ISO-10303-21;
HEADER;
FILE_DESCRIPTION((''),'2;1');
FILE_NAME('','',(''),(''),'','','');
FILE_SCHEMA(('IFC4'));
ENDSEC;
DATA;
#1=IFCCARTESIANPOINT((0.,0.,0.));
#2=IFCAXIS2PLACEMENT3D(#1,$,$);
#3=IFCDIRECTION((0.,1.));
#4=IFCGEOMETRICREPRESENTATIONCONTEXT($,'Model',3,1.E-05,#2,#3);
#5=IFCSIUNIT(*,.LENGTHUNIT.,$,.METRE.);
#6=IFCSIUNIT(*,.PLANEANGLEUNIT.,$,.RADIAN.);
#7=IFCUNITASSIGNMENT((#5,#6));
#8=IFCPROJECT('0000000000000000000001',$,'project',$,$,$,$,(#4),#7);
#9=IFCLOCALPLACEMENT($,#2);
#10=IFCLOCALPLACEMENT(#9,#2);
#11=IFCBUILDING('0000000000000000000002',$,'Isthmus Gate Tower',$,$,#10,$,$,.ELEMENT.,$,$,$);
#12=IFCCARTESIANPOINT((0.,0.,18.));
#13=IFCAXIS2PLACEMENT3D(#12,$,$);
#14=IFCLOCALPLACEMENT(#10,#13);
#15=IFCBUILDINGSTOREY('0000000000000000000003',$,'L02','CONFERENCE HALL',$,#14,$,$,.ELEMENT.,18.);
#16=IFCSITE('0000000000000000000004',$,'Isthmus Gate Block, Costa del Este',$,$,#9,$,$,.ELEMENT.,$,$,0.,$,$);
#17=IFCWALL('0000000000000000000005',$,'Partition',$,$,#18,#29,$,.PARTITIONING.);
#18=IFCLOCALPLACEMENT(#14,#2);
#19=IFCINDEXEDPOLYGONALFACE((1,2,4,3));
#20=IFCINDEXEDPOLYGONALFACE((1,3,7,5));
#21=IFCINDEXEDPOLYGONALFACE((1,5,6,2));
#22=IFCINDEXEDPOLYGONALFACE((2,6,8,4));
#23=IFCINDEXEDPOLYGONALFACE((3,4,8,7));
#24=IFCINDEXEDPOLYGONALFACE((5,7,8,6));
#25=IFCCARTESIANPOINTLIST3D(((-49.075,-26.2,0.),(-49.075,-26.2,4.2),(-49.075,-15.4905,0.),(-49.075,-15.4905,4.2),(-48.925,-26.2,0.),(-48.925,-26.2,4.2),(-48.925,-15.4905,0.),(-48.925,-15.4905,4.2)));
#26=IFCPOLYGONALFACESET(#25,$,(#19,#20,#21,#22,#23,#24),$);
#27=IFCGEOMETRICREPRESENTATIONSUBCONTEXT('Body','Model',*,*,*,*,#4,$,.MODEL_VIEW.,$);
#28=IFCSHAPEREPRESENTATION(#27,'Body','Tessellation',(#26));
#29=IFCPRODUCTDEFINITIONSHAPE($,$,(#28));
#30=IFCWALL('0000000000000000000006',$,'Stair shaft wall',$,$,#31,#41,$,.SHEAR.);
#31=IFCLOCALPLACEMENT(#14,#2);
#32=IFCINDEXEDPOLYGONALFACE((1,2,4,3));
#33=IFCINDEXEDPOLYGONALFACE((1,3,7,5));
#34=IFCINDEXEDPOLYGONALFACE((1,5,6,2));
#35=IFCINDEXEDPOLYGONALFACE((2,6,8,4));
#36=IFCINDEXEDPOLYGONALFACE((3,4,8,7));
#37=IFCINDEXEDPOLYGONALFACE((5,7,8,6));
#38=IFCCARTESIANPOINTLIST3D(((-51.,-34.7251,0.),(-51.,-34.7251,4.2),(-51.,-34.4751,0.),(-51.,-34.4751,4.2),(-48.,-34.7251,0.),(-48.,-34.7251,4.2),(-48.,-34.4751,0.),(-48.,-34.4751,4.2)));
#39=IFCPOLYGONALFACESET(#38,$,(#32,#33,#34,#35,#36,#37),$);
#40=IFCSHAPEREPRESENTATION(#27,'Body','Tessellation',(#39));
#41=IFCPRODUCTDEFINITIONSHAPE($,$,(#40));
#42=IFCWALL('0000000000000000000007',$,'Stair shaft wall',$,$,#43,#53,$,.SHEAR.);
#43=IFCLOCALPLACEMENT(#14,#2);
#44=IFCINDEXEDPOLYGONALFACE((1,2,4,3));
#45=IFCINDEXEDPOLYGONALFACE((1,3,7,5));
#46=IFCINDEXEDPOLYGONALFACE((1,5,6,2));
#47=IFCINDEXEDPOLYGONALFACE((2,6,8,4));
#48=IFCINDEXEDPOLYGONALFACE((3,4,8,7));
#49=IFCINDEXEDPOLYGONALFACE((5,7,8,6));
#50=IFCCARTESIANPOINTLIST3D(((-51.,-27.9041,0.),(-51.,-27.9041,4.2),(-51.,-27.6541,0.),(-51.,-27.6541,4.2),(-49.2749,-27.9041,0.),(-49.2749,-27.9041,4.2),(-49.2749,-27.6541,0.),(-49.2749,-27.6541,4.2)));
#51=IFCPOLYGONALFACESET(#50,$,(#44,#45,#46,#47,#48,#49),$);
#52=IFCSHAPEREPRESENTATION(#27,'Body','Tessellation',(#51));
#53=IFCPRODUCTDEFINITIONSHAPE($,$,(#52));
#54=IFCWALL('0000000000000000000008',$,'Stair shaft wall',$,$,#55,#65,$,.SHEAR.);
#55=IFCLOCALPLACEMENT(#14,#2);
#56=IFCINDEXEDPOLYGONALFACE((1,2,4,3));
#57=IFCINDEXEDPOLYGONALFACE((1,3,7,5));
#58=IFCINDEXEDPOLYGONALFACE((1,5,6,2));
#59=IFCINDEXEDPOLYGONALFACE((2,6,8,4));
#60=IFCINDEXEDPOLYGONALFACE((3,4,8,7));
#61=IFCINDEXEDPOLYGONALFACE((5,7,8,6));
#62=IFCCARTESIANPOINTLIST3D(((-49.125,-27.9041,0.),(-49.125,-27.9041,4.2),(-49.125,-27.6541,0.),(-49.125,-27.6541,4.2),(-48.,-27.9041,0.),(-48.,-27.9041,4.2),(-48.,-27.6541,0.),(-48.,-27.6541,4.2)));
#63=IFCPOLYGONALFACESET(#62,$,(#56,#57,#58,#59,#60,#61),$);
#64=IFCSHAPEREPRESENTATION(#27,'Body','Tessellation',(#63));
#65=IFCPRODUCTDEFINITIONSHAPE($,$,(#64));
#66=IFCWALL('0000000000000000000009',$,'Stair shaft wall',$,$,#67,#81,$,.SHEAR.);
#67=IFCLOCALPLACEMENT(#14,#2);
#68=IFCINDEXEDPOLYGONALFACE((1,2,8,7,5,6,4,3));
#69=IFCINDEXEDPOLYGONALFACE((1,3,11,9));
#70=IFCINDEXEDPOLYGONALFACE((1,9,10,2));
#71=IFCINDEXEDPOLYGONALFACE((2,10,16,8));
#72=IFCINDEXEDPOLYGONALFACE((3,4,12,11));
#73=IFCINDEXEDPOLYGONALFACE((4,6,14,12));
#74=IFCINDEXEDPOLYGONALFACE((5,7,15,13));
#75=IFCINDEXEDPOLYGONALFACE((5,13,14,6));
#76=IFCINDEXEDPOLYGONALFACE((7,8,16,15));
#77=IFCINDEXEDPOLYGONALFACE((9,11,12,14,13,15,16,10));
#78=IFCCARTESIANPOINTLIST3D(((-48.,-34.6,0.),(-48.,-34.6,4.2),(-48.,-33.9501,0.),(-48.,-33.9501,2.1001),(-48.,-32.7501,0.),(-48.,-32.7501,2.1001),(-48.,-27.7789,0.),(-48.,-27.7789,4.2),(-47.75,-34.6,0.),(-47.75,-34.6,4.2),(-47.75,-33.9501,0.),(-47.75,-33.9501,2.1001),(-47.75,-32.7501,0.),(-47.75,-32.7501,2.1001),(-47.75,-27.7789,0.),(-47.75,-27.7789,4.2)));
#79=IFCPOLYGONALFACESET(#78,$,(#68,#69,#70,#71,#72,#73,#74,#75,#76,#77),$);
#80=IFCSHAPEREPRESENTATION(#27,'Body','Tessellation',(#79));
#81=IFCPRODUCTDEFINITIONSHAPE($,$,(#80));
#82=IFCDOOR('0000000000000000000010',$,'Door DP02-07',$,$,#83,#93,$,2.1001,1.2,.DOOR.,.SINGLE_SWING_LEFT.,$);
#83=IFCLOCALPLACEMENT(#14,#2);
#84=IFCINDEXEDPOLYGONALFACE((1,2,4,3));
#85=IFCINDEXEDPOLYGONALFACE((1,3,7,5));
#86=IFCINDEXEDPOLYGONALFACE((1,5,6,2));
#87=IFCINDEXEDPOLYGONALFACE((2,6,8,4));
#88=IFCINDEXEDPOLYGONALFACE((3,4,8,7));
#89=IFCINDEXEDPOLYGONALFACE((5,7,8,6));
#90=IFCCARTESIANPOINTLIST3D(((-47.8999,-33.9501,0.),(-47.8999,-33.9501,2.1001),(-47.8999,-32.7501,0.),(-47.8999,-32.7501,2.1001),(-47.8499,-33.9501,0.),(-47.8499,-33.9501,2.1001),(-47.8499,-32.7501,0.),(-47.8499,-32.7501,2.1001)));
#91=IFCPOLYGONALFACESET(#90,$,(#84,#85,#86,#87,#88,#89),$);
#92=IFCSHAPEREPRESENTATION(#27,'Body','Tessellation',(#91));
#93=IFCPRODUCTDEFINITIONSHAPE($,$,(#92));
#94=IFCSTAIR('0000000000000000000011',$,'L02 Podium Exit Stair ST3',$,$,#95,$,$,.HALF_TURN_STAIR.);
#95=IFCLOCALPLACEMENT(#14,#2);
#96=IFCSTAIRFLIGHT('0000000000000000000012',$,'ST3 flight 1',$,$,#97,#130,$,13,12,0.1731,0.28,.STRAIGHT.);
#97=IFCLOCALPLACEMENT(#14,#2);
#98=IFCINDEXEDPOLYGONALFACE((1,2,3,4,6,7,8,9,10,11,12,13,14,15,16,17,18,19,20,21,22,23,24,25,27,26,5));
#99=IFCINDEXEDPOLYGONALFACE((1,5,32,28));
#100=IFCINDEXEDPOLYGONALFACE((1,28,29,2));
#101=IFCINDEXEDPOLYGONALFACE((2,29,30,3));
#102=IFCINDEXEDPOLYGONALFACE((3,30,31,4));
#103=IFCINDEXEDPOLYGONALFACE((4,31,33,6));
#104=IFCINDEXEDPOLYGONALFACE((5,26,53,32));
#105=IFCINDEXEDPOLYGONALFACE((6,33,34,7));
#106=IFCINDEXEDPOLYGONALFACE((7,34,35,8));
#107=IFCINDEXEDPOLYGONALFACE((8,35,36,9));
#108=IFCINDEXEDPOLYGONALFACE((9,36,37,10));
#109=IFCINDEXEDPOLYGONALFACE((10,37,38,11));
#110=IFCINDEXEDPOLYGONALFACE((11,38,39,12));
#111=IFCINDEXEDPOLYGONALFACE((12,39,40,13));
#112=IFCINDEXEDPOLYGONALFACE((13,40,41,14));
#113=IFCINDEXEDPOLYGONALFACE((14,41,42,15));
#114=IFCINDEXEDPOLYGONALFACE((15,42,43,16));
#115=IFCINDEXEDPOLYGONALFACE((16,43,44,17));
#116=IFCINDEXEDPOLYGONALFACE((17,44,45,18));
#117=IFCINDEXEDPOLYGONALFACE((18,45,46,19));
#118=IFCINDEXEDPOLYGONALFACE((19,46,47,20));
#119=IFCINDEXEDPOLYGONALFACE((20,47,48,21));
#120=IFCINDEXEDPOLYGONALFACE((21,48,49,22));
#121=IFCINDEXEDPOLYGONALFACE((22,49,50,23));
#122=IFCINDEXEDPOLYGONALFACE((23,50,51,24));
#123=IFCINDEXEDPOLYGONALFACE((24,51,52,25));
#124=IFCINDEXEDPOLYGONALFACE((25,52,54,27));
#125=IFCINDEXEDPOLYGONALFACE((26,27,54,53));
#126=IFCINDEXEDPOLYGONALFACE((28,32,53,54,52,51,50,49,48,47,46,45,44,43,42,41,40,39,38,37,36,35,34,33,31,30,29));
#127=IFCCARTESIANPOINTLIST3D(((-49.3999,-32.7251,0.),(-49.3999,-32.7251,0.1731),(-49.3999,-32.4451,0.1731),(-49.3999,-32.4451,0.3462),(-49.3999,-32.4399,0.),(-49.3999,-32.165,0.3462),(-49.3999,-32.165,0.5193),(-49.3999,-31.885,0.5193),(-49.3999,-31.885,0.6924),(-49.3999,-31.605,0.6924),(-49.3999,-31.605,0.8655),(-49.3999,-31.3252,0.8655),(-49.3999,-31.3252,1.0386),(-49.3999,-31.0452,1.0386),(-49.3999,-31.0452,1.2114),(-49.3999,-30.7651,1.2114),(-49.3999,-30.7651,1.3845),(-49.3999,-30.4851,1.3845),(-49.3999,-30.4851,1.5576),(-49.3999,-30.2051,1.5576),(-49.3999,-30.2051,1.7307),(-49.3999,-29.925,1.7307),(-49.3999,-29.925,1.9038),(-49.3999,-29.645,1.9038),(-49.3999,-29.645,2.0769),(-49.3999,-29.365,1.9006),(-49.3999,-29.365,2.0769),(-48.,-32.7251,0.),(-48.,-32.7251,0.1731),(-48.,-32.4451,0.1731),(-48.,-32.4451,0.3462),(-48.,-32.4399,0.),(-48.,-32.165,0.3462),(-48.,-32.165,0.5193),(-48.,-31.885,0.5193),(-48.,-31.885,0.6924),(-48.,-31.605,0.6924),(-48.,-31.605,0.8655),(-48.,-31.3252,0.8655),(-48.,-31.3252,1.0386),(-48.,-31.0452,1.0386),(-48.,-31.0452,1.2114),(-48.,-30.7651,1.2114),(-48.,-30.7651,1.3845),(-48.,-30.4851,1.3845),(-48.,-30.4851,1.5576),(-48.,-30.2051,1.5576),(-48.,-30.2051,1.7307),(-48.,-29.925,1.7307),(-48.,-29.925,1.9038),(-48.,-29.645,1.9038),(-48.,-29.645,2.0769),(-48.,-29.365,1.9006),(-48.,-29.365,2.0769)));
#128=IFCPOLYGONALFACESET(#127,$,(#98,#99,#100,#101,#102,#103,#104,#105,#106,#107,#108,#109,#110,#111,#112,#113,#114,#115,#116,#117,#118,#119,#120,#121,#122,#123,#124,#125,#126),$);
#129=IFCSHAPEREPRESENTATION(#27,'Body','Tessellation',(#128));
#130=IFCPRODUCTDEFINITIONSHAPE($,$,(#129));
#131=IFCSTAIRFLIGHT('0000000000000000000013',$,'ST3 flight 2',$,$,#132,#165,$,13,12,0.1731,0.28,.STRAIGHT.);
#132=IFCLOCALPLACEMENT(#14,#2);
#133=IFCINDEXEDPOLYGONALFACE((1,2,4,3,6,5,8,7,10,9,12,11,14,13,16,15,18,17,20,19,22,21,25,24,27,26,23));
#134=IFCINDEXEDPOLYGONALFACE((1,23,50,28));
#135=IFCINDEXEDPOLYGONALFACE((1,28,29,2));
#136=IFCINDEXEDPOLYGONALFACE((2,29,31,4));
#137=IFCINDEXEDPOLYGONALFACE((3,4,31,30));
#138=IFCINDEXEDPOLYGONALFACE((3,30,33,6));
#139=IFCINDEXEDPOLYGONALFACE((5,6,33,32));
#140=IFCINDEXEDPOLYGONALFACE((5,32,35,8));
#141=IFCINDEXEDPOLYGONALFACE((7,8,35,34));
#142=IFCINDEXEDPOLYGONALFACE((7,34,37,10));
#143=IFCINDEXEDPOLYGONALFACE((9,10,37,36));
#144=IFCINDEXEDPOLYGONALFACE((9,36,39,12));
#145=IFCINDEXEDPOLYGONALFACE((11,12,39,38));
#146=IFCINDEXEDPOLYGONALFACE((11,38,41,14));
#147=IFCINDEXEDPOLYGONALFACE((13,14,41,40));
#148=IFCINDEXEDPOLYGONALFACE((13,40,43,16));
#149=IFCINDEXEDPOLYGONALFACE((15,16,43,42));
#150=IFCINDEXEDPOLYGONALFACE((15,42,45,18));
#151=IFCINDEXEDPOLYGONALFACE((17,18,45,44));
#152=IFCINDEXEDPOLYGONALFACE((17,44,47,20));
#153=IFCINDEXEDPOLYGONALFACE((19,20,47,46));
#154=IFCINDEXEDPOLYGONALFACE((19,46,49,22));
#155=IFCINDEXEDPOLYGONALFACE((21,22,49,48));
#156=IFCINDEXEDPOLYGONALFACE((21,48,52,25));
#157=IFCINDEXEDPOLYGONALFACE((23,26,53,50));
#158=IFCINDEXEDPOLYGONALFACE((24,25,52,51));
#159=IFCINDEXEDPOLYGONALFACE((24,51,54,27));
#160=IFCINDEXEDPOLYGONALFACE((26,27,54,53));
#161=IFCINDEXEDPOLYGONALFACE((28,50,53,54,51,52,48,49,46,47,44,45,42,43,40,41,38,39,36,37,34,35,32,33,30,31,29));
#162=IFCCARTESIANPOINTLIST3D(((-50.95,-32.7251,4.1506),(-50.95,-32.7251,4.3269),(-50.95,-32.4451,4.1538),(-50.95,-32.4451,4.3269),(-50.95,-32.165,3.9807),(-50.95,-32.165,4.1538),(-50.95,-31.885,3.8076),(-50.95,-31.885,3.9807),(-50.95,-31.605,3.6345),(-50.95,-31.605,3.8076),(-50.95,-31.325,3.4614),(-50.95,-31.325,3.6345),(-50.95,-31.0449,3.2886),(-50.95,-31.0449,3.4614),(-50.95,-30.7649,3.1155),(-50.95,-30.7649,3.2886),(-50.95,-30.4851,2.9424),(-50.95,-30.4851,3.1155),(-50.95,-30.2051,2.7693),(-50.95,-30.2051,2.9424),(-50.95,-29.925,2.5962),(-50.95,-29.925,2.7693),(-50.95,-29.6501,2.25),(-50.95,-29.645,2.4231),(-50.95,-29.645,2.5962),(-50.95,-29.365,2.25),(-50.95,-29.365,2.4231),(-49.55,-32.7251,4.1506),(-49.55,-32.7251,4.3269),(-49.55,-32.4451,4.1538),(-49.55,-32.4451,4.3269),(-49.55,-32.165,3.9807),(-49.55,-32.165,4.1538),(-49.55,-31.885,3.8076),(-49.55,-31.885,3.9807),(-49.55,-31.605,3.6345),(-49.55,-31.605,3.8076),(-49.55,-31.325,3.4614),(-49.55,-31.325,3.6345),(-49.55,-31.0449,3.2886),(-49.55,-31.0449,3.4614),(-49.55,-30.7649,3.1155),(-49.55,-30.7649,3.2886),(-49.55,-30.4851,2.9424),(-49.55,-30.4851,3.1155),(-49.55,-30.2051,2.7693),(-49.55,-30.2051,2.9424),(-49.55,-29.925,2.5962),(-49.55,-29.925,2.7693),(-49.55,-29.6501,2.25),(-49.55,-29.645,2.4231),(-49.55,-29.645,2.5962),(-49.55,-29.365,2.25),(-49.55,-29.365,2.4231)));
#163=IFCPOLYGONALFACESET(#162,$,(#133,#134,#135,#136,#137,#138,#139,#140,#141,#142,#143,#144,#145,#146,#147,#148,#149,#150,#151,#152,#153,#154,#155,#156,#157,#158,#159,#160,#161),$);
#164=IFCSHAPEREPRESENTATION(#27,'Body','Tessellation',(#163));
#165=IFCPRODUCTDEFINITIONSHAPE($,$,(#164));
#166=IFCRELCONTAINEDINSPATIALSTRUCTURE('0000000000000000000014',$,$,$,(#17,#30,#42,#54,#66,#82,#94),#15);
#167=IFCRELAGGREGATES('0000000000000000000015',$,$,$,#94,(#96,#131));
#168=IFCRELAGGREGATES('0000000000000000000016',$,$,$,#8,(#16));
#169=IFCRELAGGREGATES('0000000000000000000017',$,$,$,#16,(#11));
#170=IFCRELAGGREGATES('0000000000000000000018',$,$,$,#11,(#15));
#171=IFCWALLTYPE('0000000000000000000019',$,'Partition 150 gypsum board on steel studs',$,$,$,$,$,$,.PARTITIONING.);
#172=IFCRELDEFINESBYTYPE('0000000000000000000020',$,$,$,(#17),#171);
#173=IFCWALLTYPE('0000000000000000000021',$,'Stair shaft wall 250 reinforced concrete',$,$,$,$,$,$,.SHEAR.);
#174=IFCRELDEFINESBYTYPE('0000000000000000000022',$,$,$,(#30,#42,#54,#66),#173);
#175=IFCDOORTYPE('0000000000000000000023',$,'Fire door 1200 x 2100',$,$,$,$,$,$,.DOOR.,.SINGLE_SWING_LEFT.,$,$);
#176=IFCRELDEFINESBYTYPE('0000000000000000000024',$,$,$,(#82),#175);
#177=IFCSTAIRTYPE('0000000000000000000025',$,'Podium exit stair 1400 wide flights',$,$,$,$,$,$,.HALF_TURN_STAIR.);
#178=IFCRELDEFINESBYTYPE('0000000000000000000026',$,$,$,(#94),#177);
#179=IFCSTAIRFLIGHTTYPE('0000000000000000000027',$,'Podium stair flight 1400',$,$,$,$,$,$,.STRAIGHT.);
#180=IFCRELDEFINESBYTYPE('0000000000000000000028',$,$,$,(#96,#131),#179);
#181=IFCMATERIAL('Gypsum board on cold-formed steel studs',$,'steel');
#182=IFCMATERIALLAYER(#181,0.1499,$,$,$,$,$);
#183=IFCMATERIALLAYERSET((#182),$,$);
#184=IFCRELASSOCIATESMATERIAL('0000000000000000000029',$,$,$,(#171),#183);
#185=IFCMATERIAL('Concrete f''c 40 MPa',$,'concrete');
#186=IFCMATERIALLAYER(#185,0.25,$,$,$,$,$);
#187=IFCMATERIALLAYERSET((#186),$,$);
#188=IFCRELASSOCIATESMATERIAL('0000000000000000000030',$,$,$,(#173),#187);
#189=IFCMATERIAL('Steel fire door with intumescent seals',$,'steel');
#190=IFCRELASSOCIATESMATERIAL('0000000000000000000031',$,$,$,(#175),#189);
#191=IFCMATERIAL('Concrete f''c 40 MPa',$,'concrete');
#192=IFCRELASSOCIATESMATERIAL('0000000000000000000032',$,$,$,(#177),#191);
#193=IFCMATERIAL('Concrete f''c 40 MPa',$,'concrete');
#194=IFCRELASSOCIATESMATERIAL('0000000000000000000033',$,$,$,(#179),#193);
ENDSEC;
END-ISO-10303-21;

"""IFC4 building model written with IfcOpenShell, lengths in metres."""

from ifc_helpers import new_model, si_unit, direction, frame, frame_2d, origin, place, context, subcontext, project, spatial, polyline, rectangle, outline, extrude, material, layer, layer_set, type_object, element, fill, aggregate, save


model = new_model("IFC4")

# Units and contexts
model_context = context("Model", 3, precision=1e-05, world=origin(), true_north=direction((0.0, 1.0)))
body_context = subcontext(model_context, "Body", "Model", "MODEL_VIEW")
ifc_project = project(units=[si_unit("LENGTHUNIT", "METRE"), si_unit("PLANEANGLEUNIT", "RADIAN")], contexts=[model_context])

# Site, building, storey
site_placement = place(None, origin())
site = spatial("IfcSite", under=ifc_project, at=site_placement, Name="Isthmus Gate Block, Costa del Este", CompositionType="ELEMENT", RefElevation=0.0)
building_placement = place(site_placement, origin())
building = spatial("IfcBuilding", under=site, at=building_placement, Name="Isthmus Gate Tower", CompositionType="ELEMENT")
storey_placement = place(building_placement, frame((0.0, 0.0, 18.0)))
storey = spatial("IfcBuildingStorey", under=building, at=storey_placement, Name="L02", Description="CONFERENCE HALL", CompositionType="ELEMENT", Elevation=18.0)

# Shared definitions
ifc_material_1 = material(Name="Gypsum board on cold-formed steel studs", Category="steel")
ifc_layer_1 = layer(ifc_material_1, 0.1499)
ifc_layer_set_1 = layer_set([ifc_layer_1])
wall_type_1 = type_object("IfcWallType", Name="Partition 150 gypsum board on steel studs", PredefinedType="PARTITIONING", material=ifc_layer_set_1)

# Walls
wall_1_placement = place(storey_placement, frame((-49.0, -26.2, 0.0), z_axis=(0.0, 0.0, 1.0), x_axis=(0.0, 1.0, 0.0)))
element("IfcWall", 1, at=wall_1_placement, inside=storey, type_object=wall_type_1, Name="Partition", PredefinedType="PARTITIONING", context=body_context, shape_type="SweptSolid", body=[
    extrude(rectangle(XDim=10.7095, YDim=0.1499, at=frame_2d((5.3547, 0.0))), origin(), (0.0, 0.0, 1.0), 4.2),
])
ifc_material_2 = material(Name="Concrete f'c 40 MPa", Category="concrete")
ifc_layer_2 = layer(ifc_material_2, 0.25)
ifc_layer_set_2 = layer_set([ifc_layer_2])
wall_type_2 = type_object("IfcWallType", Name="Stair shaft wall 250 reinforced concrete", PredefinedType="SHEAR", material=ifc_layer_set_2)
wall_2_placement = place(storey_placement, frame((-51.0, -34.6001, 0.0), z_axis=(0.0, 0.0, 1.0), x_axis=(1.0, 0.0, 0.0)))
element("IfcWall", 2, at=wall_2_placement, inside=storey, type_object=wall_type_2, Name="Stair shaft wall", PredefinedType="SHEAR", context=body_context, shape_type="SweptSolid", body=[
    extrude(rectangle(XDim=3.0, YDim=0.25, at=frame_2d((1.5, 0.0))), origin(), (0.0, 0.0, 1.0), 4.2),
])
wall_3_placement = place(storey_placement, frame((-51.0, -27.7791, 0.0), z_axis=(0.0, 0.0, 1.0), x_axis=(1.0, 0.0, 0.0)))
element("IfcWall", 3, at=wall_3_placement, inside=storey, type_object=wall_type_2, Name="Stair shaft wall", PredefinedType="SHEAR", context=body_context, shape_type="SweptSolid", body=[
    extrude(rectangle(XDim=1.7251, YDim=0.25, at=frame_2d((0.8625, 0.0))), origin(), (0.0, 0.0, 1.0), 4.2),
])
wall_4_placement = place(storey_placement, frame((-49.125, -27.7791, 0.0), z_axis=(0.0, 0.0, 1.0), x_axis=(1.0, 0.0, 0.0)))
element("IfcWall", 4, at=wall_4_placement, inside=storey, type_object=wall_type_2, Name="Stair shaft wall", PredefinedType="SHEAR", context=body_context, shape_type="SweptSolid", body=[
    extrude(rectangle(XDim=1.125, YDim=0.25, at=frame_2d((0.5625, 0.0))), origin(), (0.0, 0.0, 1.0), 4.2),
])

# Wall, opening, door
wall_5_placement = place(storey_placement, frame((-47.875, -34.6001, 0.0), z_axis=(0.0, 0.0, 1.0), x_axis=(0.0, 1.0, 0.0)))
wall_5 = element("IfcWall", 5, at=wall_5_placement, inside=storey, type_object=wall_type_2, Name="Stair shaft wall", PredefinedType="SHEAR", context=body_context, shape_type="SweptSolid", body=[
    extrude(rectangle(XDim=6.821, YDim=0.25, at=frame_2d((3.4106, 0.0))), origin(), (0.0, 0.0, 1.0), 4.2),
])
opening_1_placement = place(wall_5_placement, frame((0.6499, 0.0, 0.0)))
opening_1 = element("IfcOpeningElement", 6, at=opening_1_placement, cuts=wall_5, PredefinedType="OPENING", context=body_context, shape_type="SweptSolid", body=[
    extrude(rectangle(XDim=1.2, YDim=2.1001, at=frame_2d((0.6001, 1.05))), frame((0.0, 0.135, 0.0), z_axis=(0.0, -1.0, 0.0), x_axis=(1.0, 0.0, 0.0)), (0.0, 0.0, 1.0), 0.27),
])
ifc_material_3 = material(Name="Steel fire door with intumescent seals", Category="steel")
door_type_1 = type_object("IfcDoorType", Name="Fire door 1200 x 2100", OperationType="SINGLE_SWING_LEFT", PredefinedType="DOOR", material=ifc_material_3)
door_1_placement = place(opening_1_placement, origin())
door_1 = element("IfcDoor", 7, at=door_1_placement, inside=storey, type_object=door_type_1, Name="Door DP02-07", OperationType="SINGLE_SWING_LEFT", OverallHeight=2.1001, OverallWidth=1.2, PredefinedType="DOOR", context=body_context, shape_type="SweptSolid", body=[
    extrude(rectangle(XDim=1.2, YDim=2.1001, at=frame_2d((0.6001, 1.05))), frame((0.0, 0.0249, 0.0), z_axis=(0.0, -1.0, 0.0), x_axis=(1.0, 0.0, 0.0)), (0.0, 0.0, 1.0), 0.05),
])
fill(opening_1, door_1)

# Stair, stair flights
ifc_material_4 = material(Name="Concrete f'c 40 MPa", Category="concrete")
stair_type = type_object("IfcStairType", Name="Podium exit stair 1400 wide flights", PredefinedType="HALF_TURN_STAIR", material=ifc_material_4)
stair_placement = place(storey_placement, origin())
stair = element("IfcStair", 8, at=stair_placement, inside=storey, type_object=stair_type, Name="L02 Podium Exit Stair ST3", PredefinedType="HALF_TURN_STAIR")
ifc_material_5 = material(Name="Concrete f'c 40 MPa", Category="concrete")
stair_flight_type = type_object("IfcStairFlightType", Name="Podium stair flight 1400", PredefinedType="STRAIGHT", material=ifc_material_5)
stair_flight_1_placement = place(storey_placement, frame((-48.7, -32.7251, 0.0), z_axis=(0.0, 0.0, 1.0), x_axis=(0.0, 1.0, 0.0)))
stair_flight_1 = element("IfcStairFlight", 9, at=stair_flight_1_placement, type_object=stair_flight_type, Name="ST3 flight 1", NumberOfRisers=13, NumberOfTreads=12, PredefinedType="STRAIGHT", RiserHeight=0.1731, TreadLength=0.28, context=body_context, shape_type="SweptSolid", body=[
    extrude(outline(polyline([(0.0, 0.0), (0.0, 0.1731), (0.28, 0.1731), (0.28, 0.3462), (0.5601, 0.3462), (0.5601, 0.5193), (0.8401, 0.5193), (0.8401, 0.6924), (1.1201, 0.6924), (1.1201, 0.8655), (1.3999, 0.8655), (1.3999, 1.0386), (1.6799, 1.0386), (1.6799, 1.2114), (1.96, 1.2114), (1.96, 1.3845), (2.24, 1.3845), (2.24, 1.5576), (2.52, 1.5576), (2.52, 1.7307), (2.8, 1.7307), (2.8, 1.9038), (3.0801, 1.9038), (3.0801, 2.0769), (3.3601, 2.0769), (3.3601, 2.25), (3.3601, 1.9006), (0.2852, 0.0), (0.0, 0.0)])), frame((0.0, 0.7, 0.0), z_axis=(0.0, -1.0, 0.0), x_axis=(1.0, 0.0, 0.0)), (0.0, 0.0, 1.0), 1.3999),
])
stair_flight_2_placement = place(storey_placement, frame((-50.25, -29.365, 2.25), z_axis=(0.0, 0.0, 1.0), x_axis=(0.0, -1.0, 0.0)))
stair_flight_2 = element("IfcStairFlight", 10, at=stair_flight_2_placement, type_object=stair_flight_type, Name="ST3 flight 2", NumberOfRisers=13, NumberOfTreads=12, PredefinedType="STRAIGHT", RiserHeight=0.1731, TreadLength=0.28, context=body_context, shape_type="SweptSolid", body=[
    extrude(outline(polyline([(0.0, 0.0), (0.0, 0.1731), (0.28, 0.1731), (0.28, 0.3462), (0.5601, 0.3462), (0.5601, 0.5193), (0.8401, 0.5193), (0.8401, 0.6924), (1.1201, 0.6924), (1.1201, 0.8655), (1.3999, 0.8655), (1.3999, 1.0386), (1.6799, 1.0386), (1.6799, 1.2114), (1.96, 1.2114), (1.96, 1.3845), (2.24, 1.3845), (2.24, 1.5576), (2.52, 1.5576), (2.52, 1.7307), (2.8, 1.7307), (2.8, 1.9038), (3.0801, 1.9038), (3.0801, 2.0769), (3.3601, 2.0769), (3.3601, 2.25), (3.3601, 1.9006), (0.2852, 0.0), (0.0, 0.0)])), frame((0.0, 0.7, 0.0), z_axis=(0.0, -1.0, 0.0), x_axis=(1.0, 0.0, 0.0)), (0.0, 0.0, 1.0), 1.3999),
])
aggregate(stair, [stair_flight_1, stair_flight_2])

save(model, "model.ifc")
